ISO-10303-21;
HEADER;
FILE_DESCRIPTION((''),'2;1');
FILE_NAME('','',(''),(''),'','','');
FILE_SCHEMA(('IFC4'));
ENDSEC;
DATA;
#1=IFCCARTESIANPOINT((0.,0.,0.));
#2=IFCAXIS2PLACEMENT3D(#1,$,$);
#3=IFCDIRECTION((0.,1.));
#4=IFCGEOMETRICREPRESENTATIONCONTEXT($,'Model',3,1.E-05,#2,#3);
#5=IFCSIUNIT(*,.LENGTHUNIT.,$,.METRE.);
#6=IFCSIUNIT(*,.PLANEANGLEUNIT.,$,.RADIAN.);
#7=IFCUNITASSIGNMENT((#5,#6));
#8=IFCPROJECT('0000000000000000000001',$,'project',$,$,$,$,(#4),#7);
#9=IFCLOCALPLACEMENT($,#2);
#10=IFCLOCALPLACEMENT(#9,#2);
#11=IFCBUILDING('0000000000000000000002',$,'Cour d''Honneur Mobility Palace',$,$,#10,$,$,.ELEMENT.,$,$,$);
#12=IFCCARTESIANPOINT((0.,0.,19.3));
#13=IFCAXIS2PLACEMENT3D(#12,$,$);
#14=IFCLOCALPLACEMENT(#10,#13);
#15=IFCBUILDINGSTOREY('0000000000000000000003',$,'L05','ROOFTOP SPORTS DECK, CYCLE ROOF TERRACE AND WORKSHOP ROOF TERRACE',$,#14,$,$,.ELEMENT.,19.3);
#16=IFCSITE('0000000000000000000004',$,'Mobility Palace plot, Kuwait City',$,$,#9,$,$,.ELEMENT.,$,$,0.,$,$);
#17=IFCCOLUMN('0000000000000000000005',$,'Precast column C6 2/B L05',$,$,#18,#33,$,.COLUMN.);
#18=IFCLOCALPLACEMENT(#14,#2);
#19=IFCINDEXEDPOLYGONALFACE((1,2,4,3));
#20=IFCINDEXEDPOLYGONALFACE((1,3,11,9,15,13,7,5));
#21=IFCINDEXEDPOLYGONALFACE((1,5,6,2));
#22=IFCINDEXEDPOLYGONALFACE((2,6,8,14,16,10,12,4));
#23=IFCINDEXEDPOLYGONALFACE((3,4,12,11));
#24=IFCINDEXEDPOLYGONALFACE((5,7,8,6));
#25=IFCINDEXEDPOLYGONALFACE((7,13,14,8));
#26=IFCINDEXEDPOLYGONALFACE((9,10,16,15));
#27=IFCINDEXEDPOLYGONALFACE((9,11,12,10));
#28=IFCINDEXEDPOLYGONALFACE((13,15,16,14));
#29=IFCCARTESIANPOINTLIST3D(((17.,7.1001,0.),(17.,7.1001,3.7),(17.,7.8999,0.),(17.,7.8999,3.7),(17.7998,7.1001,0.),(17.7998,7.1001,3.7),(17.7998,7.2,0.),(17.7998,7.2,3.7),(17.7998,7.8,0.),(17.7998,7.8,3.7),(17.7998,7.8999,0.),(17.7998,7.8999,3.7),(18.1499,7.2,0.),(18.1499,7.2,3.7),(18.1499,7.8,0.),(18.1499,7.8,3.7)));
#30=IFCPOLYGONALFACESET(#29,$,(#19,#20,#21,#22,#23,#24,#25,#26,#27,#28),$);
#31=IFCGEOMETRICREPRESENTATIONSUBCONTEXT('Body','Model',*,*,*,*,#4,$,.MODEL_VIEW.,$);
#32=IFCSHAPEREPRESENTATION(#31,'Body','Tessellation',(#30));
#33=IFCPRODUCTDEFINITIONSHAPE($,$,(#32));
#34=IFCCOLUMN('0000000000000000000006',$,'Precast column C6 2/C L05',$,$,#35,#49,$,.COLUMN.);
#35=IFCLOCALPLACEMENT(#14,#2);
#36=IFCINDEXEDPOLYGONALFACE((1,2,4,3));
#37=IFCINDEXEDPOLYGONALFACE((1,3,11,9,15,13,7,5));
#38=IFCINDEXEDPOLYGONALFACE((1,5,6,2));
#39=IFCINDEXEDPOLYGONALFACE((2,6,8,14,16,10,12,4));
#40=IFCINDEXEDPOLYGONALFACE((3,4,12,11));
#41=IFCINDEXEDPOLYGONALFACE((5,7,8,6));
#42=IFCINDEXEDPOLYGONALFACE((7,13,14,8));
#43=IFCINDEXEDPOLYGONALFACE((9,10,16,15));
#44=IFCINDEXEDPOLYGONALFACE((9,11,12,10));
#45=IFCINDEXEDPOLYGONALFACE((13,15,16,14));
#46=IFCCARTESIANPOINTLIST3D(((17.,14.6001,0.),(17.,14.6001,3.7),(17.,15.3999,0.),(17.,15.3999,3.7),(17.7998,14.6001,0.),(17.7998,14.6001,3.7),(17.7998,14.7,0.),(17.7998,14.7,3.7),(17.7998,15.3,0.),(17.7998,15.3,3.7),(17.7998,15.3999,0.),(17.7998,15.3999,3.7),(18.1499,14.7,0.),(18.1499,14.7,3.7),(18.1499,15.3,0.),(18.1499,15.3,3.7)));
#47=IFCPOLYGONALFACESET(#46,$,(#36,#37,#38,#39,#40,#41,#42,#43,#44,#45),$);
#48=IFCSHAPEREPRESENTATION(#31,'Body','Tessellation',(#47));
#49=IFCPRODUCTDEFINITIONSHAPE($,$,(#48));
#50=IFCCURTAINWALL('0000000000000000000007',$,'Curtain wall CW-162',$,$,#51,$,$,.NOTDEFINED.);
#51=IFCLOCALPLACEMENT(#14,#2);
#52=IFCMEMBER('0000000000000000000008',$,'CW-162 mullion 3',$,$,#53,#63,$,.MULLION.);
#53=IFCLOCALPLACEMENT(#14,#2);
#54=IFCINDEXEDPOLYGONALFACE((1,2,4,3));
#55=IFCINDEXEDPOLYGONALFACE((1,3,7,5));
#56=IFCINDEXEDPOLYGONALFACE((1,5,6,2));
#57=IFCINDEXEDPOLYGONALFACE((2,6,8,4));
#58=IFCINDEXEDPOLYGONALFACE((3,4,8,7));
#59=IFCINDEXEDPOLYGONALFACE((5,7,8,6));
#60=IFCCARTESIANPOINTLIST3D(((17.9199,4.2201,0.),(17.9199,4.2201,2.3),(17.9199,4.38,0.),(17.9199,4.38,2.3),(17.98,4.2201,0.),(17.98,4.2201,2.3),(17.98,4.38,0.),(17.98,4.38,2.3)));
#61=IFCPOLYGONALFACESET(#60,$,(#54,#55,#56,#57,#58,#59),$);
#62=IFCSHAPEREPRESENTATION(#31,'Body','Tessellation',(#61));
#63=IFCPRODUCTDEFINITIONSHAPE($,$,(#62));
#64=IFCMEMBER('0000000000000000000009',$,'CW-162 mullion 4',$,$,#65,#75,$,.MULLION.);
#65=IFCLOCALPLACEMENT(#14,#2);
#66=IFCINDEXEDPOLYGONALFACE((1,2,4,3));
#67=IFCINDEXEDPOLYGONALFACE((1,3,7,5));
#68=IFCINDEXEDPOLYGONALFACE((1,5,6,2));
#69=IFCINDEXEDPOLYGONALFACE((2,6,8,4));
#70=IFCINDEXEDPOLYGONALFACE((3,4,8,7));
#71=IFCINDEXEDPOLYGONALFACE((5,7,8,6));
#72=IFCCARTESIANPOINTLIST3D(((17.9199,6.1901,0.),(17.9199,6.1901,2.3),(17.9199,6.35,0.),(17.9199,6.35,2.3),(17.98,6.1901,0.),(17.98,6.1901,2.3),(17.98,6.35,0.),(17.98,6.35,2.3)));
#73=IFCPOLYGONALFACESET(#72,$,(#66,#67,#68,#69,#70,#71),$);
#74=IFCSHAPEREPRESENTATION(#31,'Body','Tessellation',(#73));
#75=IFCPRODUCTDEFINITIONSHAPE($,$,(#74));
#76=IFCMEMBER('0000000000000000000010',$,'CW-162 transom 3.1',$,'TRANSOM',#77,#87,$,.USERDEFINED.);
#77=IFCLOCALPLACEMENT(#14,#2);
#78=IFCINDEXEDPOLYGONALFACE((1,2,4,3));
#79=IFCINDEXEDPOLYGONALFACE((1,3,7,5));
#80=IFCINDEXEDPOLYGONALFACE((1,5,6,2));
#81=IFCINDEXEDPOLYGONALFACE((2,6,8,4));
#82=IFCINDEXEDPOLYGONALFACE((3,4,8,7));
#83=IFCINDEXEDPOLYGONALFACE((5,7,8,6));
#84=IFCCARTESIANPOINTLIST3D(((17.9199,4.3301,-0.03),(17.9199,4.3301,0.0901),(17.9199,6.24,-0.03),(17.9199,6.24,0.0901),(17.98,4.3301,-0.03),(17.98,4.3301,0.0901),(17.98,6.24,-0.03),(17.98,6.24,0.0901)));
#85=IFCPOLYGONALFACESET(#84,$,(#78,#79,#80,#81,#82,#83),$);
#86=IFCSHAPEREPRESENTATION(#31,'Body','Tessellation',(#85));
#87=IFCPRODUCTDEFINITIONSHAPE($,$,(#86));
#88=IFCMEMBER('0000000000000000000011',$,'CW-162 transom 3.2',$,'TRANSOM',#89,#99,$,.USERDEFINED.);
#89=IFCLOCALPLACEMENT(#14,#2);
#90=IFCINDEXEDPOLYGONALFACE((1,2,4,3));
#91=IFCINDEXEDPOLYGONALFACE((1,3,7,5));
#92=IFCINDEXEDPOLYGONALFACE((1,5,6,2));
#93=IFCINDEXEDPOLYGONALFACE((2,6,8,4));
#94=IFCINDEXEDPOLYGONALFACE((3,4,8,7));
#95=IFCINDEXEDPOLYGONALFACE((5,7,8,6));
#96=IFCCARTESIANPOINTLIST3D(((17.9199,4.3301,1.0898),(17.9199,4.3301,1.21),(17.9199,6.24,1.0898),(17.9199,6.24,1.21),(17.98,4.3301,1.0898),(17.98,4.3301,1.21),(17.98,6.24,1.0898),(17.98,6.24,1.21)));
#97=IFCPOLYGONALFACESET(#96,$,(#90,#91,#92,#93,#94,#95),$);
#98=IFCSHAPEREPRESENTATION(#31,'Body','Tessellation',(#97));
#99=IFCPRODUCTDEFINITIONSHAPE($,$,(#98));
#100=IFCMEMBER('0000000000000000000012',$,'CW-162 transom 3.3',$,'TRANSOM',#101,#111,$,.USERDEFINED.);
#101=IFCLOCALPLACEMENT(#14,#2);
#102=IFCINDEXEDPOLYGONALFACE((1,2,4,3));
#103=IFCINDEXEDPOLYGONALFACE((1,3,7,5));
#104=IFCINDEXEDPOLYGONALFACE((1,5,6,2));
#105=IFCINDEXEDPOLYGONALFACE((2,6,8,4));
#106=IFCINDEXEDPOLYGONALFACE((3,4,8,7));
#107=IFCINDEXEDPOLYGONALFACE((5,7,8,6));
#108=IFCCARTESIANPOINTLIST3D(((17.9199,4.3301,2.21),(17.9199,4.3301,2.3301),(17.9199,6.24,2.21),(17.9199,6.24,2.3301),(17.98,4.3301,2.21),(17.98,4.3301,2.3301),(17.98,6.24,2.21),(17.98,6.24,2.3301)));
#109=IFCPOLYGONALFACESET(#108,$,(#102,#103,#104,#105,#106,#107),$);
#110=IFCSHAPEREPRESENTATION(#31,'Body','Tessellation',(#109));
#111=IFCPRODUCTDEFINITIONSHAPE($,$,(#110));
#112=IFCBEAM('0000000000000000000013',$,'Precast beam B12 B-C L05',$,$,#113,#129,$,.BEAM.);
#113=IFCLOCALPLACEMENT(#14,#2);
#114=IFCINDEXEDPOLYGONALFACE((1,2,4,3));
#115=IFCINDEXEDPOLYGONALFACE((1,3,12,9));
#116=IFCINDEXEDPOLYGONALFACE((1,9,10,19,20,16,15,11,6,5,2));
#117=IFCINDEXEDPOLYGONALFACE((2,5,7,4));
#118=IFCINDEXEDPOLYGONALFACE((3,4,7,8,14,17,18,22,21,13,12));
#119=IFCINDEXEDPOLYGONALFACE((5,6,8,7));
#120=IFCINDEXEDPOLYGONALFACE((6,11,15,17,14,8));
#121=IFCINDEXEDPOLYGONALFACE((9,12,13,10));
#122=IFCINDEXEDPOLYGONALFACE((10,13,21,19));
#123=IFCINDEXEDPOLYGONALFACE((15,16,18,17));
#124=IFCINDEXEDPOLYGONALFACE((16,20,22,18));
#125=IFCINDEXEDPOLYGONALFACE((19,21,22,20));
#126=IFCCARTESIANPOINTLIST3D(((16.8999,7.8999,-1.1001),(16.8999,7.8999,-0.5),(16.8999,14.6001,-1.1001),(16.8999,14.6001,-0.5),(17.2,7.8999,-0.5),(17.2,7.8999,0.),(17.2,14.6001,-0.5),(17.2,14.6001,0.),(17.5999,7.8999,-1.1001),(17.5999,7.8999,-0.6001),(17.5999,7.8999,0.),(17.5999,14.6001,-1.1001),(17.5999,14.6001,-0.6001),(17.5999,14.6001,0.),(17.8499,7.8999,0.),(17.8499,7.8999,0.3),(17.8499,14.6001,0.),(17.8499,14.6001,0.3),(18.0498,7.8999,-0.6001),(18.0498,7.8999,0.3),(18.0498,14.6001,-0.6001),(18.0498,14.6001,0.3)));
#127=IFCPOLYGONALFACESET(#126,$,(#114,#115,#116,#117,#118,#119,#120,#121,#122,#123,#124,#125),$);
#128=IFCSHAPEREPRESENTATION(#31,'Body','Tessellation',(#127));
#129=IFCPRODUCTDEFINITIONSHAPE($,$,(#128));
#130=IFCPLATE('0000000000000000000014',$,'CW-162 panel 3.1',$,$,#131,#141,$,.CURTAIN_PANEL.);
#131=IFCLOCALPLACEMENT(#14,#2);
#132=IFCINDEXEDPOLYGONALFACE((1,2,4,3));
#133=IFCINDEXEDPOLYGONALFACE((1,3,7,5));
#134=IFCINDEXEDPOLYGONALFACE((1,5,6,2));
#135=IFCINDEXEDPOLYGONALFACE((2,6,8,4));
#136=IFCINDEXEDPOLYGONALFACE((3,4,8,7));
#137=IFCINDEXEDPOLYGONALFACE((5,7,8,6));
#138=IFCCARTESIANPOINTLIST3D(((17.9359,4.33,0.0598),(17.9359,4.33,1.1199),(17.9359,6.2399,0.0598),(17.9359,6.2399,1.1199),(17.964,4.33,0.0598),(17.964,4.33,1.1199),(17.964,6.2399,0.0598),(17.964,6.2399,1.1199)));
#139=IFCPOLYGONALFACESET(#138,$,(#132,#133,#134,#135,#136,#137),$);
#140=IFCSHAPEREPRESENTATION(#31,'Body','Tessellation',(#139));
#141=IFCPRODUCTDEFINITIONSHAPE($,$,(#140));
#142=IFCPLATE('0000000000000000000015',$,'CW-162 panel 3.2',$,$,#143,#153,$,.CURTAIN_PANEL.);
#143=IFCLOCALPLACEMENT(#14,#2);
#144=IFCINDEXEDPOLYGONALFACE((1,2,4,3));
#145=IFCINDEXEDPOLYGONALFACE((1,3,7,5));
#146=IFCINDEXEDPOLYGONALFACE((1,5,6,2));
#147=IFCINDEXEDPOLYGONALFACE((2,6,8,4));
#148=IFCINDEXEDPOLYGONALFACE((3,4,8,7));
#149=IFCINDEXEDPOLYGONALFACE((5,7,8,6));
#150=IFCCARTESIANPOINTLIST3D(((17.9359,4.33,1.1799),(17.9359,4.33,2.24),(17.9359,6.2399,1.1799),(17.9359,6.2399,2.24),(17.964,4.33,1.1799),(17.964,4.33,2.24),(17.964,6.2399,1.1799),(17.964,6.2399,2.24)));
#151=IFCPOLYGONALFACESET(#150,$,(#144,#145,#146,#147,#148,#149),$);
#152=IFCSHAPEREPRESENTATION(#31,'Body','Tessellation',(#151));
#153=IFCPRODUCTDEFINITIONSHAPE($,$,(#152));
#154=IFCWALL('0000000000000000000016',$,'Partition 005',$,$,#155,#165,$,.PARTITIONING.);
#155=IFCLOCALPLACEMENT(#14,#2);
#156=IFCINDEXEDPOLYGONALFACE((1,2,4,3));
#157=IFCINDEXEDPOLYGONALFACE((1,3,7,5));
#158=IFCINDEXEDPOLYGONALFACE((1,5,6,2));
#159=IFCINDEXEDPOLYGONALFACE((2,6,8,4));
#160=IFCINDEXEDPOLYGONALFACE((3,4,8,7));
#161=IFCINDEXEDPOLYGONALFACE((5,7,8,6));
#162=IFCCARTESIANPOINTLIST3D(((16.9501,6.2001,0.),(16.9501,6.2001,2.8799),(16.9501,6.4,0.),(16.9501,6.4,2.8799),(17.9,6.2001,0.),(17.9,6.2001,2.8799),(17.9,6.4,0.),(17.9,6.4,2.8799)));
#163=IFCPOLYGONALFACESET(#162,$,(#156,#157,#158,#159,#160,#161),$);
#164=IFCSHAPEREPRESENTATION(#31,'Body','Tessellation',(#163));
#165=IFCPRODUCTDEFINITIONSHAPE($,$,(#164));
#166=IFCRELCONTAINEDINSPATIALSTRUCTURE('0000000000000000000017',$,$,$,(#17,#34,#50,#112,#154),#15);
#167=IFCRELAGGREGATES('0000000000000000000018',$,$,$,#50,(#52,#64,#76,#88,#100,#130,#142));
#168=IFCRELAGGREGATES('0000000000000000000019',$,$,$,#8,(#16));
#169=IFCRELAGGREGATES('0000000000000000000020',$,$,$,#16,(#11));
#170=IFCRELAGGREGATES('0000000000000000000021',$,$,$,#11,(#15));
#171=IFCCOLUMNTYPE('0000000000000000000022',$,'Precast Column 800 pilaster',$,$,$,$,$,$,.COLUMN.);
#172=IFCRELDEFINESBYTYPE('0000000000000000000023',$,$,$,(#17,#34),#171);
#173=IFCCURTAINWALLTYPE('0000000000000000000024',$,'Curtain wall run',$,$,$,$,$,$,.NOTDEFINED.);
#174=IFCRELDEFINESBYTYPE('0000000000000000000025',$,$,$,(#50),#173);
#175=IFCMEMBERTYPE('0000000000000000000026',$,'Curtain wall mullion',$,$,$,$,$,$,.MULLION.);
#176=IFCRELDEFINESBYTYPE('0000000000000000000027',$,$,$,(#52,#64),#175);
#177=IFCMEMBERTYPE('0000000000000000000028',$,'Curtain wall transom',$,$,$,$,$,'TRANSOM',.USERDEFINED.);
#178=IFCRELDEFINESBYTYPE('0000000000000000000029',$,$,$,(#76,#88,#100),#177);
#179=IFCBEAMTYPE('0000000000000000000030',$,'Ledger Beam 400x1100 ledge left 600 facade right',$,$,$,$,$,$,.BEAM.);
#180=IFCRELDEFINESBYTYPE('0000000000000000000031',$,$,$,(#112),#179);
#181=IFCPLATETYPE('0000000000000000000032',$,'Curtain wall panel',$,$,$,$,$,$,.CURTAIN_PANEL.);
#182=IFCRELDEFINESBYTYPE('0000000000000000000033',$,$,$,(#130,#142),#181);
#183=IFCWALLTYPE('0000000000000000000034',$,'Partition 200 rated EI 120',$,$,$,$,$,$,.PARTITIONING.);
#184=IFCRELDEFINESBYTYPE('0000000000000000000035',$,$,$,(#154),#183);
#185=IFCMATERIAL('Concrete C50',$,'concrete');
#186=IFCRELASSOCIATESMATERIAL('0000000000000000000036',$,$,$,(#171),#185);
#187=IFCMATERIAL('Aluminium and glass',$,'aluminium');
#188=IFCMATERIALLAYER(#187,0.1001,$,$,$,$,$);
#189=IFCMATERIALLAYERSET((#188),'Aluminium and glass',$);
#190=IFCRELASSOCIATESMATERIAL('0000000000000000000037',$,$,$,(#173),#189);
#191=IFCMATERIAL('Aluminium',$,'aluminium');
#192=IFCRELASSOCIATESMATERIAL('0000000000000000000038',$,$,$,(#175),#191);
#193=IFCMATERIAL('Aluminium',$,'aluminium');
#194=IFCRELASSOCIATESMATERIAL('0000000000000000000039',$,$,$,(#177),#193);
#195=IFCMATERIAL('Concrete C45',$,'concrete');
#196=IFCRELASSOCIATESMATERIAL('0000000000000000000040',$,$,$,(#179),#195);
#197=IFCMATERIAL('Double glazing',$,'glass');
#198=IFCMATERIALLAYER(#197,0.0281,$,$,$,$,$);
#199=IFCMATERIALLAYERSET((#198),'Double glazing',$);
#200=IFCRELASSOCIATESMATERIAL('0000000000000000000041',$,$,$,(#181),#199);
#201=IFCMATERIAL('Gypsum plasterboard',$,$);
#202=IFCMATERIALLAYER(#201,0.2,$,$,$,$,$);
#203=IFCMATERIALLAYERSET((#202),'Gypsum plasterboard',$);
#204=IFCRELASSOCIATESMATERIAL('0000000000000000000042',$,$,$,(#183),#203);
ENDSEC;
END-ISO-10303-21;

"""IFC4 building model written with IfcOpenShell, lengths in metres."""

from ifc_helpers import new_model, si_unit, direction, frame, frame_2d, origin, origin_2d, place, context, subcontext, project, spatial, polyline, rectangle, outline, extrude, material, layer, layer_set, material_profile, profile_set, type_object, element, aggregate, save


model = new_model("IFC4")

# Units and contexts
model_context = context("Model", 3, precision=1e-05, world=origin(), true_north=direction((0.0, 1.0)))
body_context = subcontext(model_context, "Body", "Model", "MODEL_VIEW")
ifc_project = project(units=[si_unit("LENGTHUNIT", "METRE"), si_unit("PLANEANGLEUNIT", "RADIAN")], contexts=[model_context])

# Site, building, storey
site_placement = place(None, origin())
site = spatial("IfcSite", under=ifc_project, at=site_placement, Name="Mobility Palace plot, Kuwait City", CompositionType="ELEMENT", RefElevation=0.0)
building_placement = place(site_placement, origin())
building = spatial("IfcBuilding", under=site, at=building_placement, Name="Cour d'Honneur Mobility Palace", CompositionType="ELEMENT")
storey_placement = place(building_placement, frame((0.0, 0.0, 19.3)))
storey = spatial("IfcBuildingStorey", under=building, at=storey_placement, Name="L05", Description="ROOFTOP SPORTS DECK, CYCLE ROOF TERRACE AND WORKSHOP ROOF TERRACE", CompositionType="ELEMENT", Elevation=19.3)

# Columns
ifc_material_1 = material(Name="Concrete C50", Category="concrete")
ifc_material_profile_1 = material_profile(ifc_material_1, outline(polyline([(-0.3999, -0.3999), (0.3999, -0.3999), (0.3999, -0.3), (0.75, -0.3), (0.75, 0.3), (0.3999, 0.3), (0.3999, 0.3999), (-0.3999, 0.3999), (-0.3999, -0.3999)])), Name="PC C800 pilaster")
ifc_profile_set_1 = profile_set([ifc_material_profile_1], Name="Concrete C50")
column_type = type_object("IfcColumnType", Name="Precast Column 800 pilaster", PredefinedType="COLUMN", material=ifc_profile_set_1)
for number, where, z_axis, x_axis, name in (
    (1, (17.3999, 7.5, 0.0), (0.0, 0.0, 1.0), (1.0, 0.0, 0.0), "Precast column C6 2/B L05"),
    (2, (17.3999, 15.0, 0.0), (0.0, 0.0, 1.0), (1.0, 0.0, 0.0), "Precast column C6 2/C L05"),
):
    element("IfcColumn", number, at=place(storey_placement, frame(where, z_axis=z_axis, x_axis=x_axis)), inside=storey, type_object=column_type, Name=name, PredefinedType="COLUMN", context=body_context, shape_type="SweptSolid", body=[
        extrude(outline(polyline([(-0.3999, -0.3999), (0.3999, -0.3999), (0.3999, -0.3), (0.75, -0.3), (0.75, 0.3), (0.3999, 0.3), (0.3999, 0.3999), (-0.3999, 0.3999), (-0.3999, -0.3999)])), origin(), (0.0, 0.0, 1.0), 3.7),
    ])

# Curtain wall, members
ifc_material_2 = material(Name="Aluminium and glass", Category="aluminium")
ifc_layer_1 = layer(ifc_material_2, 0.1001)
ifc_layer_set_1 = layer_set([ifc_layer_1], Name="Aluminium and glass")
curtain_wall_type = type_object("IfcCurtainWallType", Name="Curtain wall run", PredefinedType="NOTDEFINED", material=ifc_layer_set_1)
curtain_wall_placement = place(storey_placement, origin())
curtain_wall = element("IfcCurtainWall", 3, at=curtain_wall_placement, inside=storey, type_object=curtain_wall_type, Name="Curtain wall CW-162", PredefinedType="NOTDEFINED")
ifc_material_3 = material(Name="Aluminium", Category="aluminium")
ifc_material_profile_2 = material_profile(ifc_material_3, rectangle(XDim=0.0601, YDim=0.1599, at=origin_2d()), Name="Curtain wall mullion")
ifc_profile_set_2 = profile_set([ifc_material_profile_2], Name="Aluminium")
member_type_1 = type_object("IfcMemberType", Name="Curtain wall mullion", PredefinedType="MULLION", material=ifc_profile_set_2)
member_1_placement = place(storey_placement, frame((17.95, 4.3, 0.0), z_axis=(0.0, 0.0, 1.0), x_axis=(-1.0, 0.0, 0.0)))
member_1 = element("IfcMember", 4, at=member_1_placement, type_object=member_type_1, Name="CW-162 mullion 3", PredefinedType="MULLION", context=body_context, shape_type="SweptSolid", body=[
    extrude(rectangle(XDim=0.0601, YDim=0.1599, at=origin_2d()), origin(), (0.0, 0.0, 1.0), 2.3),
])
member_2_placement = place(storey_placement, frame((17.95, 6.27, 0.0), z_axis=(0.0, 0.0, 1.0), x_axis=(-1.0, 0.0, 0.0)))
member_2 = element("IfcMember", 5, at=member_2_placement, type_object=member_type_1, Name="CW-162 mullion 4", PredefinedType="MULLION", context=body_context, shape_type="SweptSolid", body=[
    extrude(rectangle(XDim=0.0601, YDim=0.1599, at=origin_2d()), origin(), (0.0, 0.0, 1.0), 2.3),
])
ifc_material_4 = material(Name="Aluminium", Category="aluminium")
ifc_material_profile_3 = material_profile(ifc_material_4, rectangle(XDim=0.0601, YDim=0.1201, at=origin_2d()), Name="Curtain wall transom")
ifc_profile_set_3 = profile_set([ifc_material_profile_3], Name="Aluminium")
member_type_2 = type_object("IfcMemberType", Name="Curtain wall transom", ElementType="TRANSOM", PredefinedType="USERDEFINED", material=ifc_profile_set_3)
member_3_placement = place(storey_placement, frame((17.95, 4.3301, 0.03), z_axis=(0.0, 1.0, 0.0), x_axis=(-1.0, 0.0, 0.0)))
member_3 = element("IfcMember", 6, at=member_3_placement, type_object=member_type_2, Name="CW-162 transom 3.1", ObjectType="TRANSOM", PredefinedType="USERDEFINED", context=body_context, shape_type="SweptSolid", body=[
    extrude(rectangle(XDim=0.0601, YDim=0.1201, at=origin_2d()), origin(), (0.0, 0.0, 1.0), 1.9099),
])
member_4_placement = place(storey_placement, frame((17.95, 4.3301, 1.1499), z_axis=(0.0, 1.0, 0.0), x_axis=(-1.0, 0.0, 0.0)))
member_4 = element("IfcMember", 7, at=member_4_placement, type_object=member_type_2, Name="CW-162 transom 3.2", ObjectType="TRANSOM", PredefinedType="USERDEFINED", context=body_context, shape_type="SweptSolid", body=[
    extrude(rectangle(XDim=0.0601, YDim=0.1201, at=origin_2d()), origin(), (0.0, 0.0, 1.0), 1.9099),
])
member_5_placement = place(storey_placement, frame((17.95, 4.3301, 2.27), z_axis=(0.0, 1.0, 0.0), x_axis=(-1.0, 0.0, 0.0)))
member_5 = element("IfcMember", 8, at=member_5_placement, type_object=member_type_2, Name="CW-162 transom 3.3", ObjectType="TRANSOM", PredefinedType="USERDEFINED", context=body_context, shape_type="SweptSolid", body=[
    extrude(rectangle(XDim=0.0601, YDim=0.1201, at=origin_2d()), origin(), (0.0, 0.0, 1.0), 1.9099),
])

# Beam
ifc_material_5 = material(Name="Concrete C45", Category="concrete")
ifc_material_profile_4 = material_profile(ifc_material_5, outline(polyline([(0.5, -1.1001), (0.5, -0.5), (0.2, -0.5), (0.2, 0.0), (-0.2, 0.0), (-0.45, 0.0), (-0.45, 0.3), (-0.6499, 0.3), (-0.6499, -0.6001), (-0.2, -0.6001), (-0.2, -1.1001), (0.5, -1.1001)])), Name="Ledger Beam 400x1100 ledge left 600 facade right")
ifc_profile_set_4 = profile_set([ifc_material_profile_4], Name="Concrete C45")
beam_type = type_object("IfcBeamType", Name="Ledger Beam 400x1100 ledge left 600 facade right", PredefinedType="BEAM", material=ifc_profile_set_4)
beam_placement = place(storey_placement, frame((17.3999, 7.8999, 0.0), z_axis=(0.0, 1.0, 0.0), x_axis=(-1.0, 0.0, 0.0)))
element("IfcBeam", 9, at=beam_placement, inside=storey, type_object=beam_type, Name="Precast beam B12 B-C L05", PredefinedType="BEAM", context=body_context, shape_type="SweptSolid", body=[
    extrude(outline(polyline([(0.5, -1.1001), (0.5, -0.5), (0.2, -0.5), (0.2, 0.0), (-0.2, 0.0), (-0.45, 0.0), (-0.45, 0.3), (-0.6499, 0.3), (-0.6499, -0.6001), (-0.2, -0.6001), (-0.2, -1.1001), (0.5, -1.1001)])), origin(), (0.0, 0.0, 1.0), 6.7002),
])

# Plates
ifc_material_6 = material(Name="Double glazing", Category="glass")
ifc_layer_2 = layer(ifc_material_6, 0.0281)
ifc_layer_set_2 = layer_set([ifc_layer_2], Name="Double glazing")
plate_type = type_object("IfcPlateType", Name="Curtain wall panel", PredefinedType="CURTAIN_PANEL", material=ifc_layer_set_2)
plate_1_placement = place(storey_placement, frame((17.95, 5.2849, 0.0598), z_axis=(0.0, 0.0, 1.0), x_axis=(0.0, 1.0, 0.0)))
plate_1 = element("IfcPlate", 10, at=plate_1_placement, type_object=plate_type, Name="CW-162 panel 3.1", PredefinedType="CURTAIN_PANEL", context=body_context, shape_type="SweptSolid", body=[
    extrude(rectangle(XDim=1.9099, YDim=0.0281, at=origin_2d()), origin(), (0.0, 0.0, 1.0), 1.0601),
])
plate_2_placement = place(storey_placement, frame((17.95, 5.2849, 1.1799), z_axis=(0.0, 0.0, 1.0), x_axis=(0.0, 1.0, 0.0)))
plate_2 = element("IfcPlate", 11, at=plate_2_placement, type_object=plate_type, Name="CW-162 panel 3.2", PredefinedType="CURTAIN_PANEL", context=body_context, shape_type="SweptSolid", body=[
    extrude(rectangle(XDim=1.9099, YDim=0.0281, at=origin_2d()), origin(), (0.0, 0.0, 1.0), 1.0601),
])
aggregate(curtain_wall, [member_1, member_2, member_3, member_4, member_5, plate_1, plate_2])

# Wall
ifc_material_7 = material(Name="Gypsum plasterboard")
ifc_layer_3 = layer(ifc_material_7, 0.2)
ifc_layer_set_3 = layer_set([ifc_layer_3], Name="Gypsum plasterboard")
wall_type = type_object("IfcWallType", Name="Partition 200 rated EI 120", PredefinedType="PARTITIONING", material=ifc_layer_set_3)
wall_1_placement = place(storey_placement, frame((16.95, 6.3, 0.0), z_axis=(0.0, 0.0, 1.0), x_axis=(1.0, 0.0, 0.0)))
element("IfcWall", 12, at=wall_1_placement, inside=storey, type_object=wall_type, Name="Partition 005", PredefinedType="PARTITIONING", context=body_context, shape_type="SweptSolid", body=[
    extrude(rectangle(XDim=0.95, YDim=0.2, at=frame_2d((0.4751, 0.0))), origin(), (0.0, 0.0, 1.0), 2.8799),
])

save(model, "model.ifc")
